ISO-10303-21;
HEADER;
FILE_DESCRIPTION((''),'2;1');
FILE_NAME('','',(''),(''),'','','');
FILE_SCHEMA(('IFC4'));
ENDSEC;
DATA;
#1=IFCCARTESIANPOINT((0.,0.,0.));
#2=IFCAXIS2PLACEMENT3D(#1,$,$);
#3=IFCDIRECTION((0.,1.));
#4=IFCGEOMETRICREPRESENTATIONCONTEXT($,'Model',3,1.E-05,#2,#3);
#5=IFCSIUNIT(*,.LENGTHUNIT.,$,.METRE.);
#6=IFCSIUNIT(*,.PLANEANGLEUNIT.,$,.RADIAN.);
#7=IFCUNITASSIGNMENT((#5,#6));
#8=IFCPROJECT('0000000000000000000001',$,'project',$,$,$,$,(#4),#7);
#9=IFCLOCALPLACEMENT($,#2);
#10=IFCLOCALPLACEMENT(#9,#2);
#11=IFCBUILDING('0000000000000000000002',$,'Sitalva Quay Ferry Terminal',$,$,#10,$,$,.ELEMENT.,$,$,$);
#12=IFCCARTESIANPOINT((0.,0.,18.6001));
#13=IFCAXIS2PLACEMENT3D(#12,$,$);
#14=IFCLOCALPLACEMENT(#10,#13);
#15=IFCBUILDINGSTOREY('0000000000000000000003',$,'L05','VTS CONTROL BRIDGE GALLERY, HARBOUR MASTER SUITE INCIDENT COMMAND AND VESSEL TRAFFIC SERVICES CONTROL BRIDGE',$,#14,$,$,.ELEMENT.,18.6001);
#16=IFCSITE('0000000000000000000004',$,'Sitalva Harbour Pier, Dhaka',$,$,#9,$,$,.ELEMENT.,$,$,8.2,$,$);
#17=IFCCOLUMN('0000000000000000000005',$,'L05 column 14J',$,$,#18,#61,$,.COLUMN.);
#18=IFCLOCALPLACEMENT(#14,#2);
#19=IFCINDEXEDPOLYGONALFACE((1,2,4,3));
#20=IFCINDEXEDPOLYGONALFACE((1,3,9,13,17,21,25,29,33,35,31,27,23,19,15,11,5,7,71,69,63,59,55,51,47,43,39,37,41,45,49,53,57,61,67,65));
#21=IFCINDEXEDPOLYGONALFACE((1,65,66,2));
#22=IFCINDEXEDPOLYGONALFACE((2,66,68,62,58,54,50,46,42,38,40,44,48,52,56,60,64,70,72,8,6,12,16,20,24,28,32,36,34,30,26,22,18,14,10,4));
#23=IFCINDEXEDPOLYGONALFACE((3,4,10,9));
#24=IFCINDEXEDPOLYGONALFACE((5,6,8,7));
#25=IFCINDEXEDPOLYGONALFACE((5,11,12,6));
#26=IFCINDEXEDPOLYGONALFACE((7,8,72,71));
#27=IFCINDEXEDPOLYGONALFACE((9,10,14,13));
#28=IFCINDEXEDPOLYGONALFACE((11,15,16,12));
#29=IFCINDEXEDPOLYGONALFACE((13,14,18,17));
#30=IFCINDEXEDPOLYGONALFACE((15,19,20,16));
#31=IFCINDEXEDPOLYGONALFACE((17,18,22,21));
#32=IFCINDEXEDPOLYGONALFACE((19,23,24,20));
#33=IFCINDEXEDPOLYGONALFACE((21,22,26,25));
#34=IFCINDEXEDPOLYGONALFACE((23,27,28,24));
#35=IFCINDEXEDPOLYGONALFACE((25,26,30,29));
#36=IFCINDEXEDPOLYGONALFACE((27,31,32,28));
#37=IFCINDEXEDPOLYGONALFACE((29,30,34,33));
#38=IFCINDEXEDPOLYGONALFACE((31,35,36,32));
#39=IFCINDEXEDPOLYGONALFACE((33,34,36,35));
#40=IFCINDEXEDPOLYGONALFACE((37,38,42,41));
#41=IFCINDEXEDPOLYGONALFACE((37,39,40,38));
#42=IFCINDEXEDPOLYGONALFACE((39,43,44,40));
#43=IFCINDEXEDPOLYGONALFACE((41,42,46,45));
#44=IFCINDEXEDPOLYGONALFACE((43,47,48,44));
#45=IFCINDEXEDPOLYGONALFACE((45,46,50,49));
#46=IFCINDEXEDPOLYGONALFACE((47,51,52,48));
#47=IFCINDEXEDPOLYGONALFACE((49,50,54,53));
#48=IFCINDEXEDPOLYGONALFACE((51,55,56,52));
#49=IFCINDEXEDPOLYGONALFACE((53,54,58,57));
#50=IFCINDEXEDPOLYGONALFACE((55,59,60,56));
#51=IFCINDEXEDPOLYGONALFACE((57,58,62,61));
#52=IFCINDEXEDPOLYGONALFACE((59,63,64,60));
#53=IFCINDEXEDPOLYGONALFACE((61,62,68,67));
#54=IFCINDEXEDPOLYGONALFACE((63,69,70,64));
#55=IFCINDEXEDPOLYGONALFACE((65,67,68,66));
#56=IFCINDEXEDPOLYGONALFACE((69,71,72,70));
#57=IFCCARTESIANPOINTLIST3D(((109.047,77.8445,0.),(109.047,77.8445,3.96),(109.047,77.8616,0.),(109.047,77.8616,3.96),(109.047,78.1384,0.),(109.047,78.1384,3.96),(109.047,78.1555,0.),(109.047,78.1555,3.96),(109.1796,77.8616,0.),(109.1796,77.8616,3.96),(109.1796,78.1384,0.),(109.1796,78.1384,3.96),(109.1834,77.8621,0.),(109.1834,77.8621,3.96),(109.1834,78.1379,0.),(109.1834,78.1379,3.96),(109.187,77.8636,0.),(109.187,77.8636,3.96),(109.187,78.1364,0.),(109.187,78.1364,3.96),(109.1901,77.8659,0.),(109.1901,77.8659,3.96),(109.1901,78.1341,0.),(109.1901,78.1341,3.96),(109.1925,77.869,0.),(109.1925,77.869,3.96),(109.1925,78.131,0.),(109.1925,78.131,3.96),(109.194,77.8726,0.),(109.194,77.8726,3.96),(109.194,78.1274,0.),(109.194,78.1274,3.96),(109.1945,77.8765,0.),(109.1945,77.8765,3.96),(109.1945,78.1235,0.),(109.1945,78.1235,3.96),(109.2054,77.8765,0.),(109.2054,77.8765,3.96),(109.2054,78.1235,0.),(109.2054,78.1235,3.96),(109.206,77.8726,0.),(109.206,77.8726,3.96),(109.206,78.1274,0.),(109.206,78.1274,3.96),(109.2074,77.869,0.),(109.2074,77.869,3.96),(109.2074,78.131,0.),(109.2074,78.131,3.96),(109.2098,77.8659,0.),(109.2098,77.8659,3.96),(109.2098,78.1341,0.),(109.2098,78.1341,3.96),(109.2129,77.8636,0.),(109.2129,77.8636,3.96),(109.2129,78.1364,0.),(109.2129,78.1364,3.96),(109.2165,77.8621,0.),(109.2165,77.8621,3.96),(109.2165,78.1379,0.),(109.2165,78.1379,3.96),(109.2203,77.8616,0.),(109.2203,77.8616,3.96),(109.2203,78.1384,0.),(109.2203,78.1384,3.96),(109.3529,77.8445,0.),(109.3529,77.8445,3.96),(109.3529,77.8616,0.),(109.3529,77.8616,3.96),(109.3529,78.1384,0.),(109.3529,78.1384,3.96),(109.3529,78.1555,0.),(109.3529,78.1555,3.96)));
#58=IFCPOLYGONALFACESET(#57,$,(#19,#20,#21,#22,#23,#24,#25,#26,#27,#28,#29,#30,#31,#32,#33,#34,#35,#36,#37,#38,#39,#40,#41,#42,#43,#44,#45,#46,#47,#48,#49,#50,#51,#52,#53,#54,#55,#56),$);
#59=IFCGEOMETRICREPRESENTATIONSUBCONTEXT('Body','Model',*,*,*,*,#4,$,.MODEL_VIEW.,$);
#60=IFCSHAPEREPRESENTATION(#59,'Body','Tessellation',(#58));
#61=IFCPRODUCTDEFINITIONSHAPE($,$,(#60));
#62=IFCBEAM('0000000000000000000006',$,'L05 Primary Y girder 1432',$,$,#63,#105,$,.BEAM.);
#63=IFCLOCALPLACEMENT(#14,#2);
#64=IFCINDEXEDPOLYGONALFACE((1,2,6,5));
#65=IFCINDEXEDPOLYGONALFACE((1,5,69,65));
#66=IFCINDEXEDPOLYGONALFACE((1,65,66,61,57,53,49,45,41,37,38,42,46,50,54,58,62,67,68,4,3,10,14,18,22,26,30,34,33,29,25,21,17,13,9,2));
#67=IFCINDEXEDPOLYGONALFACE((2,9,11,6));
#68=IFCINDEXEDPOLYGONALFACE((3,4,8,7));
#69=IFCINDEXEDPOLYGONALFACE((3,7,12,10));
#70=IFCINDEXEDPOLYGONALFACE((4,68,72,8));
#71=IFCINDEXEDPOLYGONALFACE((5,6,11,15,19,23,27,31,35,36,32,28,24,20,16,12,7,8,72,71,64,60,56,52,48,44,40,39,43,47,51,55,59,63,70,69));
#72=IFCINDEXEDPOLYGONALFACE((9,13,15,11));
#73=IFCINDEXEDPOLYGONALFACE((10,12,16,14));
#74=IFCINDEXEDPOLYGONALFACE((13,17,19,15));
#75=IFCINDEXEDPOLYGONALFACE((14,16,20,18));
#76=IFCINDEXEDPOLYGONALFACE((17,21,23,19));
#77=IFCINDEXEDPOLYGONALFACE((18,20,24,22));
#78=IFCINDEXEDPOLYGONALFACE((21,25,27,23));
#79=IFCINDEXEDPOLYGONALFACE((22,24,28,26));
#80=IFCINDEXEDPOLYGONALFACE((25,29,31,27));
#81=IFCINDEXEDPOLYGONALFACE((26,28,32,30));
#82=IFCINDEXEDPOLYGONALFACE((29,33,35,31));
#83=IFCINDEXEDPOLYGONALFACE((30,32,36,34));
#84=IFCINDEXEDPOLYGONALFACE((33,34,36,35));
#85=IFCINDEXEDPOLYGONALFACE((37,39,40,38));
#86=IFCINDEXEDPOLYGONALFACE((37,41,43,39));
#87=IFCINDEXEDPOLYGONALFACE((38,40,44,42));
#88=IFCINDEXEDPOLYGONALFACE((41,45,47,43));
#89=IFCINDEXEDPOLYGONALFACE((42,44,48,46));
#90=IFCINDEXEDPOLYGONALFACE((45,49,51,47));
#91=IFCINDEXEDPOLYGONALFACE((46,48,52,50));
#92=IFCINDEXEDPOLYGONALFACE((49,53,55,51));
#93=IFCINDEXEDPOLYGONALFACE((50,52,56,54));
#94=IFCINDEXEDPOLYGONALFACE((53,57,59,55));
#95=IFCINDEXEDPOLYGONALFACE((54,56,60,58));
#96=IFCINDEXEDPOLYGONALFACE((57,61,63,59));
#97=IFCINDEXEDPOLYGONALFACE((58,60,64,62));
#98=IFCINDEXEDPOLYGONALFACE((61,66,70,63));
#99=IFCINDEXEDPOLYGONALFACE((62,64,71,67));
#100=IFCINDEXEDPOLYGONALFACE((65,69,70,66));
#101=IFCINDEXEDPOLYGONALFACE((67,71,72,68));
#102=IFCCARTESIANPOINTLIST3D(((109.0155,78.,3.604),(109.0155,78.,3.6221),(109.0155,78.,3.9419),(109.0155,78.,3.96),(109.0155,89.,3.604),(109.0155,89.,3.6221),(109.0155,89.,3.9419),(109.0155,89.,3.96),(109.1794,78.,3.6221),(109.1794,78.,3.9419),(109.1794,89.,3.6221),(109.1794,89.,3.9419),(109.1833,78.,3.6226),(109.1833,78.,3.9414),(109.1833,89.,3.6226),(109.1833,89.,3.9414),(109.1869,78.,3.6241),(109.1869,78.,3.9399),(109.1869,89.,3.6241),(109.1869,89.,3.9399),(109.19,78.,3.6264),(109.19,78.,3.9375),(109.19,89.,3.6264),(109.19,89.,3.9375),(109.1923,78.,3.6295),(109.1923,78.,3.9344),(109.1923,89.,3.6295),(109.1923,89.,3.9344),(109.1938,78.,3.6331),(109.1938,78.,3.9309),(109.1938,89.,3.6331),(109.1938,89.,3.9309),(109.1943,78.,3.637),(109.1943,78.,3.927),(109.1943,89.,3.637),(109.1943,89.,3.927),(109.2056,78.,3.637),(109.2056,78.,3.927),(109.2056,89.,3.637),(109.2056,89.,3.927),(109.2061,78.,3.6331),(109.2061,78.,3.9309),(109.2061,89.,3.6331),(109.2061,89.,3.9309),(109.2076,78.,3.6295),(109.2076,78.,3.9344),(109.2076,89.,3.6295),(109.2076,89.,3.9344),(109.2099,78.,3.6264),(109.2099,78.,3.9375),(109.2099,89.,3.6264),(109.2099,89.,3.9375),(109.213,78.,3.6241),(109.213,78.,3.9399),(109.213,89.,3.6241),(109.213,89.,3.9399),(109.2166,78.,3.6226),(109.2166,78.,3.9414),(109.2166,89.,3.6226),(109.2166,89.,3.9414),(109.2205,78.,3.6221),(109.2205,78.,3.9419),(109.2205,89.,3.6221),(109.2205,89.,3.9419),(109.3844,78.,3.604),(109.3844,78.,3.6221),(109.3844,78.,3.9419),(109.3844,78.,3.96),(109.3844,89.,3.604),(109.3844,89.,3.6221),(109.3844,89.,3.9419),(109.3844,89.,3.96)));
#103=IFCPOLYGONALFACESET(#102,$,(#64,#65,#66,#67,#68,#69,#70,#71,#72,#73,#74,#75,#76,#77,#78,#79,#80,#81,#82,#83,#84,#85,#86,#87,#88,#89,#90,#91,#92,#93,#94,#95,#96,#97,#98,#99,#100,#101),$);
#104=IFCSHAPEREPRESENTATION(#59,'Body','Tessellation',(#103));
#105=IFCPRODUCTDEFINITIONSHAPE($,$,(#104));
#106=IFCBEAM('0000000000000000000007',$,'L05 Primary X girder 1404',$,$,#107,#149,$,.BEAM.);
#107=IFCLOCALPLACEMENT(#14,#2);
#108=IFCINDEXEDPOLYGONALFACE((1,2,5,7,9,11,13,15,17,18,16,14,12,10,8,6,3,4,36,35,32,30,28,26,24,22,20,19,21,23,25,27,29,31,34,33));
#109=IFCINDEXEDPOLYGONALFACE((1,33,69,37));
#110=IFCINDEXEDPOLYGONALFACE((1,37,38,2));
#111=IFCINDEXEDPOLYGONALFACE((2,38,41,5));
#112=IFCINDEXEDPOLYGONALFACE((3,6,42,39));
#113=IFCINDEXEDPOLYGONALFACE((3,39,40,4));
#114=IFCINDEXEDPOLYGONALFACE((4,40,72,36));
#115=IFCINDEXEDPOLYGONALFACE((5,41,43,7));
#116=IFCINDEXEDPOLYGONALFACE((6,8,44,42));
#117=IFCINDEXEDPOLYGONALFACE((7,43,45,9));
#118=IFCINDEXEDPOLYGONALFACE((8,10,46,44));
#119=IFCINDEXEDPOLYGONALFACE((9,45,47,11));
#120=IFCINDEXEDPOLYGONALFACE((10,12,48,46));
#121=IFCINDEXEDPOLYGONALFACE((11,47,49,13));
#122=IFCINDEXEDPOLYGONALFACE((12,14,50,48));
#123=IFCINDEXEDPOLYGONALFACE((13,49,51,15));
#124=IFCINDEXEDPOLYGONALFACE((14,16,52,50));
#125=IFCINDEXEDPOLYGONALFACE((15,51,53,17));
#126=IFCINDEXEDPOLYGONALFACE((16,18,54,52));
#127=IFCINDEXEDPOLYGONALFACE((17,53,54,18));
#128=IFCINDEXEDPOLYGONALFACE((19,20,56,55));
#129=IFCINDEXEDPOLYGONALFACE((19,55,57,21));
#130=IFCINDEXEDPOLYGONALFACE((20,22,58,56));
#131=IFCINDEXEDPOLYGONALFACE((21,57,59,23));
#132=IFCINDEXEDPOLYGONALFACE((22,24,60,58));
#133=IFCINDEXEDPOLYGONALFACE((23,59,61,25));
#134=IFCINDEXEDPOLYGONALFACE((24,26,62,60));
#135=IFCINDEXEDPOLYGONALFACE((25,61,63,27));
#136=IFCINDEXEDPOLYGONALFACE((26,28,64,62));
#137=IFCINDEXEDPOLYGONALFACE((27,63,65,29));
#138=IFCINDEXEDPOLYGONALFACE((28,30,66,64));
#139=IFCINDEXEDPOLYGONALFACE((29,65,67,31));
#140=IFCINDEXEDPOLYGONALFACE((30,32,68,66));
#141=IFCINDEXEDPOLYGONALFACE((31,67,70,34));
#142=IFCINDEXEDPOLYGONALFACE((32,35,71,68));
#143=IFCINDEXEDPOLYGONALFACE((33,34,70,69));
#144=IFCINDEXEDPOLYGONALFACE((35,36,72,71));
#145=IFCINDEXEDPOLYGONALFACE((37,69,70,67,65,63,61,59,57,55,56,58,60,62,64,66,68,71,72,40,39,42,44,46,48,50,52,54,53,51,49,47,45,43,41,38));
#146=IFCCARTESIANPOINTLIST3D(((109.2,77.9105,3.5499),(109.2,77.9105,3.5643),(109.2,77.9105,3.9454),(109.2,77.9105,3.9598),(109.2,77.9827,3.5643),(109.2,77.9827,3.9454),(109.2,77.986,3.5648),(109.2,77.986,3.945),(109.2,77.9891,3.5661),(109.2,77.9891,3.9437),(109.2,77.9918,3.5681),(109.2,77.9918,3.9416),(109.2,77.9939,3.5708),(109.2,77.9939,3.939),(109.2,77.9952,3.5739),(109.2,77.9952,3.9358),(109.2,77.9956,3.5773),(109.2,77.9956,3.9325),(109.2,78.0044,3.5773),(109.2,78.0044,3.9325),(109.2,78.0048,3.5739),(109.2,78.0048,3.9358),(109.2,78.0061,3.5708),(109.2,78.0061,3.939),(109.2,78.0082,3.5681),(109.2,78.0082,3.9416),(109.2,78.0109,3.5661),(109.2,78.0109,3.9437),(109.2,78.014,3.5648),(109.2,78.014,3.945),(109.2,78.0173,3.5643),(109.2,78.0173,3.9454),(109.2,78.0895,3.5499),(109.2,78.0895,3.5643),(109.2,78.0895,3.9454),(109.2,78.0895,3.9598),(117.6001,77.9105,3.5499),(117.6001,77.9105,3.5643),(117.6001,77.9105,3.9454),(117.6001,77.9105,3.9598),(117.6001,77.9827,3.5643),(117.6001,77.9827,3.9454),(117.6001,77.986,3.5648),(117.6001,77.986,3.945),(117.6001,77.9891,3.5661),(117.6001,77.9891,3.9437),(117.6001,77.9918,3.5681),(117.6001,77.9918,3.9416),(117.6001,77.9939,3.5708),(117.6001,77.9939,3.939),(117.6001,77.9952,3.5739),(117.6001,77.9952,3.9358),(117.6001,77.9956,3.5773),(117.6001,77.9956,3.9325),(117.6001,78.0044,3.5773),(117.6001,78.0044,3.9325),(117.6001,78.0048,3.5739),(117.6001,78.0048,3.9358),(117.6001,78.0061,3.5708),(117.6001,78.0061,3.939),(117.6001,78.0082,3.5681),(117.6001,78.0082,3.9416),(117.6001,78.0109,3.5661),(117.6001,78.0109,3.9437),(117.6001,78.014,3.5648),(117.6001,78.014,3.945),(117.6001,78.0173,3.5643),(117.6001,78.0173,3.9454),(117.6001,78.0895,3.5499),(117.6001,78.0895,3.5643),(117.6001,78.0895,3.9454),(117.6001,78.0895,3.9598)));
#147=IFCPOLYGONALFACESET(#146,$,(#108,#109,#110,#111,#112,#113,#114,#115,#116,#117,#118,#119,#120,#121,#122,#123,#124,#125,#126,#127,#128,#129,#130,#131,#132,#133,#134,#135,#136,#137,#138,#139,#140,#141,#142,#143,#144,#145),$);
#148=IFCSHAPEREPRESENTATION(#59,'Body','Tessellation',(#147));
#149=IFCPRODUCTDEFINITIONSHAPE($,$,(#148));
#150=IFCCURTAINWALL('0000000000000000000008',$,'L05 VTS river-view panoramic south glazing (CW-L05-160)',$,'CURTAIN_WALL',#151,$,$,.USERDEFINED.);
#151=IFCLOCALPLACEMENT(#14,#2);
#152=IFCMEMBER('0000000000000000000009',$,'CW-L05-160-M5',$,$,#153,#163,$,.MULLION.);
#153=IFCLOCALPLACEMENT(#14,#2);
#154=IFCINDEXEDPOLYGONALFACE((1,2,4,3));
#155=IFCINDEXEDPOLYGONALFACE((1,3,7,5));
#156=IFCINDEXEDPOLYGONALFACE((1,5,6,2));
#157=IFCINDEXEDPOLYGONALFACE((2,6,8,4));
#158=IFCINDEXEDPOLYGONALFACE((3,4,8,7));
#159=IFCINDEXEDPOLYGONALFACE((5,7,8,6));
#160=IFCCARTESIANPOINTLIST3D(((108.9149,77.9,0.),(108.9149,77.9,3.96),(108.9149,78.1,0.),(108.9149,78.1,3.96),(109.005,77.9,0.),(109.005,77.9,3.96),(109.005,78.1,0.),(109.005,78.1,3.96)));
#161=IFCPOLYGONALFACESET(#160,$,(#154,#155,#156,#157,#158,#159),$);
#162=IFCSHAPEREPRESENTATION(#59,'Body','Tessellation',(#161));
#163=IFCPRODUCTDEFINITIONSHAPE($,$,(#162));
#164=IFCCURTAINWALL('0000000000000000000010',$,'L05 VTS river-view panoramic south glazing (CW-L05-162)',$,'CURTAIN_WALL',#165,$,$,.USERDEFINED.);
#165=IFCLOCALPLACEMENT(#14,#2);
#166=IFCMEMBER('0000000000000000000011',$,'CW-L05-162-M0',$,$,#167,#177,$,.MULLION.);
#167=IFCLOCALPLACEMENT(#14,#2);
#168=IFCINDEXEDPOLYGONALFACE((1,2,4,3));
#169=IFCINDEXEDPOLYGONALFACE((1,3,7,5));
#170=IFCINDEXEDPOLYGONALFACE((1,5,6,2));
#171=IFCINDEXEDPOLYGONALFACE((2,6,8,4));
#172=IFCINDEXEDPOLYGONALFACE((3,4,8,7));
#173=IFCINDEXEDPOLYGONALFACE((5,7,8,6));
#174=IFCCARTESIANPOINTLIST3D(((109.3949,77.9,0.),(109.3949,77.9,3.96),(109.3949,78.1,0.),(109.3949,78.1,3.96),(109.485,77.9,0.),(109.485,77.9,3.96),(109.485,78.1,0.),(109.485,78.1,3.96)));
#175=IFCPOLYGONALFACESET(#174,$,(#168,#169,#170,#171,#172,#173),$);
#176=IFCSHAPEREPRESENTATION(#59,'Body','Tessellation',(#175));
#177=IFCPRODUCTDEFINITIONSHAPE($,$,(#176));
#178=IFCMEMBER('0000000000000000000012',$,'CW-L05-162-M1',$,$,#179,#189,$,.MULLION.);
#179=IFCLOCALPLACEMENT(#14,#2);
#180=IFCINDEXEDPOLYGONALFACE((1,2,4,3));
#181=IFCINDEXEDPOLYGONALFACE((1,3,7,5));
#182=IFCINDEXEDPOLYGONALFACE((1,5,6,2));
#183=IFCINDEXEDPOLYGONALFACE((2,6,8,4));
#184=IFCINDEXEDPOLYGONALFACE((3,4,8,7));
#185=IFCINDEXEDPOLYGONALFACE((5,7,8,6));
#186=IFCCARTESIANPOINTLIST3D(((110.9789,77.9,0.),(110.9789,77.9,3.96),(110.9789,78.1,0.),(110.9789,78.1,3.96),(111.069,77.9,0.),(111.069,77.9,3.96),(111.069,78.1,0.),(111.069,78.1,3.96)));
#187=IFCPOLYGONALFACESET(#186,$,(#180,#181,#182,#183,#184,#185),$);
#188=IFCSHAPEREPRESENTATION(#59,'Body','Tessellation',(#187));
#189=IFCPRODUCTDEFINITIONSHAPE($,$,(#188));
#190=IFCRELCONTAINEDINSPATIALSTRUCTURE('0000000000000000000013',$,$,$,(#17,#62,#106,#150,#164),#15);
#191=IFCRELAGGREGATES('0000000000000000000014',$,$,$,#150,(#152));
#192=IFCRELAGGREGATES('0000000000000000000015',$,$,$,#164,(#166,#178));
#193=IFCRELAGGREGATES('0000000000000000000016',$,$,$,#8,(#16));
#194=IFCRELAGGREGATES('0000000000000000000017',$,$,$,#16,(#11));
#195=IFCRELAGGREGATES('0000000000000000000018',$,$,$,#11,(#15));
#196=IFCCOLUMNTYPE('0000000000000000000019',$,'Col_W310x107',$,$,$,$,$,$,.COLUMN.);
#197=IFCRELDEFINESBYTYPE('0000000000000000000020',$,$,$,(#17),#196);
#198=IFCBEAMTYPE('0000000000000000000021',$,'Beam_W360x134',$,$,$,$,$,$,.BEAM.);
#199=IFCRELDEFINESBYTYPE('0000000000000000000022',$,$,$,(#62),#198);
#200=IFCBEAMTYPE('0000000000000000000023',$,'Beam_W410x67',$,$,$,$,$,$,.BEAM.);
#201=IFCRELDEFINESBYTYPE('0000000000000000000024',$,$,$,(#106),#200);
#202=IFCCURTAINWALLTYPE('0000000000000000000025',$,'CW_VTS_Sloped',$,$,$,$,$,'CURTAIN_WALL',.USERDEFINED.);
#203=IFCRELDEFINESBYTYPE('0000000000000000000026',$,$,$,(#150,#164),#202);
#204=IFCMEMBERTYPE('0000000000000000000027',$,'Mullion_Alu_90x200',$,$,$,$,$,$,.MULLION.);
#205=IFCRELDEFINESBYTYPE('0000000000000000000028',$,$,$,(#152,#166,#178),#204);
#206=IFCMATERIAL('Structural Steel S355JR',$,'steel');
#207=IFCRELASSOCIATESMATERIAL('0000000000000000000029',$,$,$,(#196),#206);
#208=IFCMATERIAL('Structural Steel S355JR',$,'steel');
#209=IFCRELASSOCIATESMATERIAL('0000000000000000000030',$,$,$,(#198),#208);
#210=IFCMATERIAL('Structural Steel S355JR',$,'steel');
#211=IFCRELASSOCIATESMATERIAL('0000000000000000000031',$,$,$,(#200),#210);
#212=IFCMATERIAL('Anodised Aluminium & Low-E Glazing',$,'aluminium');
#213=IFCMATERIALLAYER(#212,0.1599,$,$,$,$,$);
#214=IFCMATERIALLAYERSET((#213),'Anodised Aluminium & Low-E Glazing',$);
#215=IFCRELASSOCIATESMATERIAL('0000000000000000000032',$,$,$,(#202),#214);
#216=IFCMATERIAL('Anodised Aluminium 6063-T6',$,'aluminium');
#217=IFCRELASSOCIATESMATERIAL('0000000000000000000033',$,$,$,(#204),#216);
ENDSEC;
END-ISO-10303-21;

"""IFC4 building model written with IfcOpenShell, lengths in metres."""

from ifc_helpers import new_model, si_unit, direction, frame, origin, origin_2d, place, context, subcontext, project, spatial, rectangle, i_section, extrude, material, layer, layer_set, material_profile, profile_set, type_object, element, aggregate, save


model = new_model("IFC4")

# Units and contexts
model_context = context("Model", 3, precision=1e-05, world=origin(), true_north=direction((0.0, 1.0)))
body_context = subcontext(model_context, "Body", "Model", "MODEL_VIEW")
ifc_project = project(units=[si_unit("LENGTHUNIT", "METRE"), si_unit("PLANEANGLEUNIT", "RADIAN")], contexts=[model_context])

# Site, building, storey
site_placement = place(None, origin())
site = spatial("IfcSite", under=ifc_project, at=site_placement, Name="Sitalva Harbour Pier, Dhaka", CompositionType="ELEMENT", RefElevation=8.2)
building_placement = place(site_placement, origin())
building = spatial("IfcBuilding", under=site, at=building_placement, Name="Sitalva Quay Ferry Terminal", CompositionType="ELEMENT")
storey_placement = place(building_placement, frame((0.0, 0.0, 18.6001)))
storey = spatial("IfcBuildingStorey", under=building, at=storey_placement, Name="L05", Description="VTS CONTROL BRIDGE GALLERY, HARBOUR MASTER SUITE INCIDENT COMMAND AND VESSEL TRAFFIC SERVICES CONTROL BRIDGE", CompositionType="ELEMENT", Elevation=18.6001)

# Column
ifc_material_1 = material(Name="Structural Steel S355JR", Category="steel")
ifc_material_profile_1 = material_profile(ifc_material_1, i_section(OverallWidth=0.3059, OverallDepth=0.311, WebThickness=0.011, FlangeThickness=0.0171, FilletRadius=0.0149, at=origin_2d()), Name="W310x107")
ifc_profile_set_1 = profile_set([ifc_material_profile_1], Name="Structural Steel S355JR")
column_type = type_object("IfcColumnType", Name="Col_W310x107", PredefinedType="COLUMN", material=ifc_profile_set_1)
column_placement = place(storey_placement, frame((109.2, 78.0, 0.0), z_axis=(0.0, 0.0, 1.0), x_axis=(1.0, 0.0, 0.0)))
element("IfcColumn", 1, at=column_placement, inside=storey, type_object=column_type, Name="L05 column 14J", PredefinedType="COLUMN", context=body_context, shape_type="SweptSolid", body=[
    extrude(i_section(OverallWidth=0.3059, OverallDepth=0.311, WebThickness=0.011, FlangeThickness=0.0171, FilletRadius=0.0149, at=origin_2d()), origin(), (0.0, 0.0, 1.0), 3.96),
])

# Beams
ifc_material_2 = material(Name="Structural Steel S355JR", Category="steel")
ifc_material_profile_2 = material_profile(ifc_material_2, i_section(OverallWidth=0.3689, OverallDepth=0.356, WebThickness=0.0112, FlangeThickness=0.0181, FilletRadius=0.0149, at=origin_2d()), Name="W360x134")
ifc_profile_set_2 = profile_set([ifc_material_profile_2], Name="Structural Steel S355JR")
beam_type_1 = type_object("IfcBeamType", Name="Beam_W360x134", PredefinedType="BEAM", material=ifc_profile_set_2)
beam_1_placement = place(storey_placement, frame((109.2, 78.0, 3.782), z_axis=(0.0, 1.0, 0.0), x_axis=(-1.0, 0.0, 0.0)))
element("IfcBeam", 2, at=beam_1_placement, inside=storey, type_object=beam_type_1, Name="L05 Primary Y girder 1432", PredefinedType="BEAM", context=body_context, shape_type="SweptSolid", body=[
    extrude(i_section(OverallWidth=0.3689, OverallDepth=0.356, WebThickness=0.0112, FlangeThickness=0.0181, FilletRadius=0.0149, at=origin_2d()), origin(), (0.0, 0.0, 1.0), 11.0),
])
ifc_material_3 = material(Name="Structural Steel S355JR", Category="steel")
ifc_material_profile_3 = material_profile(ifc_material_3, i_section(OverallWidth=0.179, OverallDepth=0.4099, WebThickness=0.0088, FlangeThickness=0.0144, FilletRadius=0.0129, at=origin_2d()), Name="W410x67")
ifc_profile_set_3 = profile_set([ifc_material_profile_3], Name="Structural Steel S355JR")
beam_type_2 = type_object("IfcBeamType", Name="Beam_W410x67", PredefinedType="BEAM", material=ifc_profile_set_3)
beam_2_placement = place(storey_placement, frame((109.2, 78.0, 3.7549), z_axis=(1.0, 0.0, 0.0), x_axis=(0.0, 1.0, 0.0)))
element("IfcBeam", 3, at=beam_2_placement, inside=storey, type_object=beam_type_2, Name="L05 Primary X girder 1404", PredefinedType="BEAM", context=body_context, shape_type="SweptSolid", body=[
    extrude(i_section(OverallWidth=0.179, OverallDepth=0.4099, WebThickness=0.0088, FlangeThickness=0.0144, FilletRadius=0.0129, at=origin_2d()), origin(), (0.0, 0.0, 1.0), 8.4001),
])

# Curtain wall, member
ifc_material_4 = material(Name="Anodised Aluminium & Low-E Glazing", Category="aluminium")
ifc_layer_1 = layer(ifc_material_4, 0.1599)
ifc_layer_set_1 = layer_set([ifc_layer_1], Name="Anodised Aluminium & Low-E Glazing")
curtain_wall_type = type_object("IfcCurtainWallType", Name="CW_VTS_Sloped", ElementType="CURTAIN_WALL", PredefinedType="USERDEFINED", material=ifc_layer_set_1)
curtain_wall_1_placement = place(storey_placement, origin())
curtain_wall_1 = element("IfcCurtainWall", 4, at=curtain_wall_1_placement, inside=storey, type_object=curtain_wall_type, Name="L05 VTS river-view panoramic south glazing (CW-L05-160)", ObjectType="CURTAIN_WALL", PredefinedType="USERDEFINED")
ifc_material_5 = material(Name="Anodised Aluminium 6063-T6", Category="aluminium")
ifc_material_profile_4 = material_profile(ifc_material_5, rectangle(XDim=0.0901, YDim=0.2, at=origin_2d()), Name="ALU90x200")
ifc_profile_set_4 = profile_set([ifc_material_profile_4], Name="Anodised Aluminium 6063-T6")
member_type_1 = type_object("IfcMemberType", Name="Mullion_Alu_90x200", PredefinedType="MULLION", material=ifc_profile_set_4)
member_1_placement = place(storey_placement, frame((108.96, 78.0, 0.0), z_axis=(0.0, 0.0, 1.0), x_axis=(1.0, 0.0, 0.0)))
member_1 = element("IfcMember", 5, at=member_1_placement, type_object=member_type_1, Name="CW-L05-160-M5", PredefinedType="MULLION", context=body_context, shape_type="SweptSolid", body=[
    extrude(rectangle(XDim=0.0901, YDim=0.2, at=origin_2d()), origin(), (0.0, 0.0, 1.0), 3.96),
])
aggregate(curtain_wall_1, [member_1])

# Curtain wall, members
curtain_wall_2_placement = place(storey_placement, origin())
curtain_wall_2 = element("IfcCurtainWall", 6, at=curtain_wall_2_placement, inside=storey, type_object=curtain_wall_type, Name="L05 VTS river-view panoramic south glazing (CW-L05-162)", ObjectType="CURTAIN_WALL", PredefinedType="USERDEFINED")
member_2_placement = place(storey_placement, frame((109.4399, 78.0, 0.0), z_axis=(0.0, 0.0, 1.0), x_axis=(1.0, 0.0, 0.0)))
member_2 = element("IfcMember", 7, at=member_2_placement, type_object=member_type_1, Name="CW-L05-162-M0", PredefinedType="MULLION", context=body_context, shape_type="SweptSolid", body=[
    extrude(rectangle(XDim=0.0901, YDim=0.2, at=origin_2d()), origin(), (0.0, 0.0, 1.0), 3.96),
])
member_3_placement = place(storey_placement, frame((111.0239, 78.0, 0.0), z_axis=(0.0, 0.0, 1.0), x_axis=(1.0, 0.0, 0.0)))
member_3 = element("IfcMember", 8, at=member_3_placement, type_object=member_type_1, Name="CW-L05-162-M1", PredefinedType="MULLION", context=body_context, shape_type="SweptSolid", body=[
    extrude(rectangle(XDim=0.0901, YDim=0.2, at=origin_2d()), origin(), (0.0, 0.0, 1.0), 3.96),
])
aggregate(curtain_wall_2, [member_2, member_3])

save(model, "model.ifc")
